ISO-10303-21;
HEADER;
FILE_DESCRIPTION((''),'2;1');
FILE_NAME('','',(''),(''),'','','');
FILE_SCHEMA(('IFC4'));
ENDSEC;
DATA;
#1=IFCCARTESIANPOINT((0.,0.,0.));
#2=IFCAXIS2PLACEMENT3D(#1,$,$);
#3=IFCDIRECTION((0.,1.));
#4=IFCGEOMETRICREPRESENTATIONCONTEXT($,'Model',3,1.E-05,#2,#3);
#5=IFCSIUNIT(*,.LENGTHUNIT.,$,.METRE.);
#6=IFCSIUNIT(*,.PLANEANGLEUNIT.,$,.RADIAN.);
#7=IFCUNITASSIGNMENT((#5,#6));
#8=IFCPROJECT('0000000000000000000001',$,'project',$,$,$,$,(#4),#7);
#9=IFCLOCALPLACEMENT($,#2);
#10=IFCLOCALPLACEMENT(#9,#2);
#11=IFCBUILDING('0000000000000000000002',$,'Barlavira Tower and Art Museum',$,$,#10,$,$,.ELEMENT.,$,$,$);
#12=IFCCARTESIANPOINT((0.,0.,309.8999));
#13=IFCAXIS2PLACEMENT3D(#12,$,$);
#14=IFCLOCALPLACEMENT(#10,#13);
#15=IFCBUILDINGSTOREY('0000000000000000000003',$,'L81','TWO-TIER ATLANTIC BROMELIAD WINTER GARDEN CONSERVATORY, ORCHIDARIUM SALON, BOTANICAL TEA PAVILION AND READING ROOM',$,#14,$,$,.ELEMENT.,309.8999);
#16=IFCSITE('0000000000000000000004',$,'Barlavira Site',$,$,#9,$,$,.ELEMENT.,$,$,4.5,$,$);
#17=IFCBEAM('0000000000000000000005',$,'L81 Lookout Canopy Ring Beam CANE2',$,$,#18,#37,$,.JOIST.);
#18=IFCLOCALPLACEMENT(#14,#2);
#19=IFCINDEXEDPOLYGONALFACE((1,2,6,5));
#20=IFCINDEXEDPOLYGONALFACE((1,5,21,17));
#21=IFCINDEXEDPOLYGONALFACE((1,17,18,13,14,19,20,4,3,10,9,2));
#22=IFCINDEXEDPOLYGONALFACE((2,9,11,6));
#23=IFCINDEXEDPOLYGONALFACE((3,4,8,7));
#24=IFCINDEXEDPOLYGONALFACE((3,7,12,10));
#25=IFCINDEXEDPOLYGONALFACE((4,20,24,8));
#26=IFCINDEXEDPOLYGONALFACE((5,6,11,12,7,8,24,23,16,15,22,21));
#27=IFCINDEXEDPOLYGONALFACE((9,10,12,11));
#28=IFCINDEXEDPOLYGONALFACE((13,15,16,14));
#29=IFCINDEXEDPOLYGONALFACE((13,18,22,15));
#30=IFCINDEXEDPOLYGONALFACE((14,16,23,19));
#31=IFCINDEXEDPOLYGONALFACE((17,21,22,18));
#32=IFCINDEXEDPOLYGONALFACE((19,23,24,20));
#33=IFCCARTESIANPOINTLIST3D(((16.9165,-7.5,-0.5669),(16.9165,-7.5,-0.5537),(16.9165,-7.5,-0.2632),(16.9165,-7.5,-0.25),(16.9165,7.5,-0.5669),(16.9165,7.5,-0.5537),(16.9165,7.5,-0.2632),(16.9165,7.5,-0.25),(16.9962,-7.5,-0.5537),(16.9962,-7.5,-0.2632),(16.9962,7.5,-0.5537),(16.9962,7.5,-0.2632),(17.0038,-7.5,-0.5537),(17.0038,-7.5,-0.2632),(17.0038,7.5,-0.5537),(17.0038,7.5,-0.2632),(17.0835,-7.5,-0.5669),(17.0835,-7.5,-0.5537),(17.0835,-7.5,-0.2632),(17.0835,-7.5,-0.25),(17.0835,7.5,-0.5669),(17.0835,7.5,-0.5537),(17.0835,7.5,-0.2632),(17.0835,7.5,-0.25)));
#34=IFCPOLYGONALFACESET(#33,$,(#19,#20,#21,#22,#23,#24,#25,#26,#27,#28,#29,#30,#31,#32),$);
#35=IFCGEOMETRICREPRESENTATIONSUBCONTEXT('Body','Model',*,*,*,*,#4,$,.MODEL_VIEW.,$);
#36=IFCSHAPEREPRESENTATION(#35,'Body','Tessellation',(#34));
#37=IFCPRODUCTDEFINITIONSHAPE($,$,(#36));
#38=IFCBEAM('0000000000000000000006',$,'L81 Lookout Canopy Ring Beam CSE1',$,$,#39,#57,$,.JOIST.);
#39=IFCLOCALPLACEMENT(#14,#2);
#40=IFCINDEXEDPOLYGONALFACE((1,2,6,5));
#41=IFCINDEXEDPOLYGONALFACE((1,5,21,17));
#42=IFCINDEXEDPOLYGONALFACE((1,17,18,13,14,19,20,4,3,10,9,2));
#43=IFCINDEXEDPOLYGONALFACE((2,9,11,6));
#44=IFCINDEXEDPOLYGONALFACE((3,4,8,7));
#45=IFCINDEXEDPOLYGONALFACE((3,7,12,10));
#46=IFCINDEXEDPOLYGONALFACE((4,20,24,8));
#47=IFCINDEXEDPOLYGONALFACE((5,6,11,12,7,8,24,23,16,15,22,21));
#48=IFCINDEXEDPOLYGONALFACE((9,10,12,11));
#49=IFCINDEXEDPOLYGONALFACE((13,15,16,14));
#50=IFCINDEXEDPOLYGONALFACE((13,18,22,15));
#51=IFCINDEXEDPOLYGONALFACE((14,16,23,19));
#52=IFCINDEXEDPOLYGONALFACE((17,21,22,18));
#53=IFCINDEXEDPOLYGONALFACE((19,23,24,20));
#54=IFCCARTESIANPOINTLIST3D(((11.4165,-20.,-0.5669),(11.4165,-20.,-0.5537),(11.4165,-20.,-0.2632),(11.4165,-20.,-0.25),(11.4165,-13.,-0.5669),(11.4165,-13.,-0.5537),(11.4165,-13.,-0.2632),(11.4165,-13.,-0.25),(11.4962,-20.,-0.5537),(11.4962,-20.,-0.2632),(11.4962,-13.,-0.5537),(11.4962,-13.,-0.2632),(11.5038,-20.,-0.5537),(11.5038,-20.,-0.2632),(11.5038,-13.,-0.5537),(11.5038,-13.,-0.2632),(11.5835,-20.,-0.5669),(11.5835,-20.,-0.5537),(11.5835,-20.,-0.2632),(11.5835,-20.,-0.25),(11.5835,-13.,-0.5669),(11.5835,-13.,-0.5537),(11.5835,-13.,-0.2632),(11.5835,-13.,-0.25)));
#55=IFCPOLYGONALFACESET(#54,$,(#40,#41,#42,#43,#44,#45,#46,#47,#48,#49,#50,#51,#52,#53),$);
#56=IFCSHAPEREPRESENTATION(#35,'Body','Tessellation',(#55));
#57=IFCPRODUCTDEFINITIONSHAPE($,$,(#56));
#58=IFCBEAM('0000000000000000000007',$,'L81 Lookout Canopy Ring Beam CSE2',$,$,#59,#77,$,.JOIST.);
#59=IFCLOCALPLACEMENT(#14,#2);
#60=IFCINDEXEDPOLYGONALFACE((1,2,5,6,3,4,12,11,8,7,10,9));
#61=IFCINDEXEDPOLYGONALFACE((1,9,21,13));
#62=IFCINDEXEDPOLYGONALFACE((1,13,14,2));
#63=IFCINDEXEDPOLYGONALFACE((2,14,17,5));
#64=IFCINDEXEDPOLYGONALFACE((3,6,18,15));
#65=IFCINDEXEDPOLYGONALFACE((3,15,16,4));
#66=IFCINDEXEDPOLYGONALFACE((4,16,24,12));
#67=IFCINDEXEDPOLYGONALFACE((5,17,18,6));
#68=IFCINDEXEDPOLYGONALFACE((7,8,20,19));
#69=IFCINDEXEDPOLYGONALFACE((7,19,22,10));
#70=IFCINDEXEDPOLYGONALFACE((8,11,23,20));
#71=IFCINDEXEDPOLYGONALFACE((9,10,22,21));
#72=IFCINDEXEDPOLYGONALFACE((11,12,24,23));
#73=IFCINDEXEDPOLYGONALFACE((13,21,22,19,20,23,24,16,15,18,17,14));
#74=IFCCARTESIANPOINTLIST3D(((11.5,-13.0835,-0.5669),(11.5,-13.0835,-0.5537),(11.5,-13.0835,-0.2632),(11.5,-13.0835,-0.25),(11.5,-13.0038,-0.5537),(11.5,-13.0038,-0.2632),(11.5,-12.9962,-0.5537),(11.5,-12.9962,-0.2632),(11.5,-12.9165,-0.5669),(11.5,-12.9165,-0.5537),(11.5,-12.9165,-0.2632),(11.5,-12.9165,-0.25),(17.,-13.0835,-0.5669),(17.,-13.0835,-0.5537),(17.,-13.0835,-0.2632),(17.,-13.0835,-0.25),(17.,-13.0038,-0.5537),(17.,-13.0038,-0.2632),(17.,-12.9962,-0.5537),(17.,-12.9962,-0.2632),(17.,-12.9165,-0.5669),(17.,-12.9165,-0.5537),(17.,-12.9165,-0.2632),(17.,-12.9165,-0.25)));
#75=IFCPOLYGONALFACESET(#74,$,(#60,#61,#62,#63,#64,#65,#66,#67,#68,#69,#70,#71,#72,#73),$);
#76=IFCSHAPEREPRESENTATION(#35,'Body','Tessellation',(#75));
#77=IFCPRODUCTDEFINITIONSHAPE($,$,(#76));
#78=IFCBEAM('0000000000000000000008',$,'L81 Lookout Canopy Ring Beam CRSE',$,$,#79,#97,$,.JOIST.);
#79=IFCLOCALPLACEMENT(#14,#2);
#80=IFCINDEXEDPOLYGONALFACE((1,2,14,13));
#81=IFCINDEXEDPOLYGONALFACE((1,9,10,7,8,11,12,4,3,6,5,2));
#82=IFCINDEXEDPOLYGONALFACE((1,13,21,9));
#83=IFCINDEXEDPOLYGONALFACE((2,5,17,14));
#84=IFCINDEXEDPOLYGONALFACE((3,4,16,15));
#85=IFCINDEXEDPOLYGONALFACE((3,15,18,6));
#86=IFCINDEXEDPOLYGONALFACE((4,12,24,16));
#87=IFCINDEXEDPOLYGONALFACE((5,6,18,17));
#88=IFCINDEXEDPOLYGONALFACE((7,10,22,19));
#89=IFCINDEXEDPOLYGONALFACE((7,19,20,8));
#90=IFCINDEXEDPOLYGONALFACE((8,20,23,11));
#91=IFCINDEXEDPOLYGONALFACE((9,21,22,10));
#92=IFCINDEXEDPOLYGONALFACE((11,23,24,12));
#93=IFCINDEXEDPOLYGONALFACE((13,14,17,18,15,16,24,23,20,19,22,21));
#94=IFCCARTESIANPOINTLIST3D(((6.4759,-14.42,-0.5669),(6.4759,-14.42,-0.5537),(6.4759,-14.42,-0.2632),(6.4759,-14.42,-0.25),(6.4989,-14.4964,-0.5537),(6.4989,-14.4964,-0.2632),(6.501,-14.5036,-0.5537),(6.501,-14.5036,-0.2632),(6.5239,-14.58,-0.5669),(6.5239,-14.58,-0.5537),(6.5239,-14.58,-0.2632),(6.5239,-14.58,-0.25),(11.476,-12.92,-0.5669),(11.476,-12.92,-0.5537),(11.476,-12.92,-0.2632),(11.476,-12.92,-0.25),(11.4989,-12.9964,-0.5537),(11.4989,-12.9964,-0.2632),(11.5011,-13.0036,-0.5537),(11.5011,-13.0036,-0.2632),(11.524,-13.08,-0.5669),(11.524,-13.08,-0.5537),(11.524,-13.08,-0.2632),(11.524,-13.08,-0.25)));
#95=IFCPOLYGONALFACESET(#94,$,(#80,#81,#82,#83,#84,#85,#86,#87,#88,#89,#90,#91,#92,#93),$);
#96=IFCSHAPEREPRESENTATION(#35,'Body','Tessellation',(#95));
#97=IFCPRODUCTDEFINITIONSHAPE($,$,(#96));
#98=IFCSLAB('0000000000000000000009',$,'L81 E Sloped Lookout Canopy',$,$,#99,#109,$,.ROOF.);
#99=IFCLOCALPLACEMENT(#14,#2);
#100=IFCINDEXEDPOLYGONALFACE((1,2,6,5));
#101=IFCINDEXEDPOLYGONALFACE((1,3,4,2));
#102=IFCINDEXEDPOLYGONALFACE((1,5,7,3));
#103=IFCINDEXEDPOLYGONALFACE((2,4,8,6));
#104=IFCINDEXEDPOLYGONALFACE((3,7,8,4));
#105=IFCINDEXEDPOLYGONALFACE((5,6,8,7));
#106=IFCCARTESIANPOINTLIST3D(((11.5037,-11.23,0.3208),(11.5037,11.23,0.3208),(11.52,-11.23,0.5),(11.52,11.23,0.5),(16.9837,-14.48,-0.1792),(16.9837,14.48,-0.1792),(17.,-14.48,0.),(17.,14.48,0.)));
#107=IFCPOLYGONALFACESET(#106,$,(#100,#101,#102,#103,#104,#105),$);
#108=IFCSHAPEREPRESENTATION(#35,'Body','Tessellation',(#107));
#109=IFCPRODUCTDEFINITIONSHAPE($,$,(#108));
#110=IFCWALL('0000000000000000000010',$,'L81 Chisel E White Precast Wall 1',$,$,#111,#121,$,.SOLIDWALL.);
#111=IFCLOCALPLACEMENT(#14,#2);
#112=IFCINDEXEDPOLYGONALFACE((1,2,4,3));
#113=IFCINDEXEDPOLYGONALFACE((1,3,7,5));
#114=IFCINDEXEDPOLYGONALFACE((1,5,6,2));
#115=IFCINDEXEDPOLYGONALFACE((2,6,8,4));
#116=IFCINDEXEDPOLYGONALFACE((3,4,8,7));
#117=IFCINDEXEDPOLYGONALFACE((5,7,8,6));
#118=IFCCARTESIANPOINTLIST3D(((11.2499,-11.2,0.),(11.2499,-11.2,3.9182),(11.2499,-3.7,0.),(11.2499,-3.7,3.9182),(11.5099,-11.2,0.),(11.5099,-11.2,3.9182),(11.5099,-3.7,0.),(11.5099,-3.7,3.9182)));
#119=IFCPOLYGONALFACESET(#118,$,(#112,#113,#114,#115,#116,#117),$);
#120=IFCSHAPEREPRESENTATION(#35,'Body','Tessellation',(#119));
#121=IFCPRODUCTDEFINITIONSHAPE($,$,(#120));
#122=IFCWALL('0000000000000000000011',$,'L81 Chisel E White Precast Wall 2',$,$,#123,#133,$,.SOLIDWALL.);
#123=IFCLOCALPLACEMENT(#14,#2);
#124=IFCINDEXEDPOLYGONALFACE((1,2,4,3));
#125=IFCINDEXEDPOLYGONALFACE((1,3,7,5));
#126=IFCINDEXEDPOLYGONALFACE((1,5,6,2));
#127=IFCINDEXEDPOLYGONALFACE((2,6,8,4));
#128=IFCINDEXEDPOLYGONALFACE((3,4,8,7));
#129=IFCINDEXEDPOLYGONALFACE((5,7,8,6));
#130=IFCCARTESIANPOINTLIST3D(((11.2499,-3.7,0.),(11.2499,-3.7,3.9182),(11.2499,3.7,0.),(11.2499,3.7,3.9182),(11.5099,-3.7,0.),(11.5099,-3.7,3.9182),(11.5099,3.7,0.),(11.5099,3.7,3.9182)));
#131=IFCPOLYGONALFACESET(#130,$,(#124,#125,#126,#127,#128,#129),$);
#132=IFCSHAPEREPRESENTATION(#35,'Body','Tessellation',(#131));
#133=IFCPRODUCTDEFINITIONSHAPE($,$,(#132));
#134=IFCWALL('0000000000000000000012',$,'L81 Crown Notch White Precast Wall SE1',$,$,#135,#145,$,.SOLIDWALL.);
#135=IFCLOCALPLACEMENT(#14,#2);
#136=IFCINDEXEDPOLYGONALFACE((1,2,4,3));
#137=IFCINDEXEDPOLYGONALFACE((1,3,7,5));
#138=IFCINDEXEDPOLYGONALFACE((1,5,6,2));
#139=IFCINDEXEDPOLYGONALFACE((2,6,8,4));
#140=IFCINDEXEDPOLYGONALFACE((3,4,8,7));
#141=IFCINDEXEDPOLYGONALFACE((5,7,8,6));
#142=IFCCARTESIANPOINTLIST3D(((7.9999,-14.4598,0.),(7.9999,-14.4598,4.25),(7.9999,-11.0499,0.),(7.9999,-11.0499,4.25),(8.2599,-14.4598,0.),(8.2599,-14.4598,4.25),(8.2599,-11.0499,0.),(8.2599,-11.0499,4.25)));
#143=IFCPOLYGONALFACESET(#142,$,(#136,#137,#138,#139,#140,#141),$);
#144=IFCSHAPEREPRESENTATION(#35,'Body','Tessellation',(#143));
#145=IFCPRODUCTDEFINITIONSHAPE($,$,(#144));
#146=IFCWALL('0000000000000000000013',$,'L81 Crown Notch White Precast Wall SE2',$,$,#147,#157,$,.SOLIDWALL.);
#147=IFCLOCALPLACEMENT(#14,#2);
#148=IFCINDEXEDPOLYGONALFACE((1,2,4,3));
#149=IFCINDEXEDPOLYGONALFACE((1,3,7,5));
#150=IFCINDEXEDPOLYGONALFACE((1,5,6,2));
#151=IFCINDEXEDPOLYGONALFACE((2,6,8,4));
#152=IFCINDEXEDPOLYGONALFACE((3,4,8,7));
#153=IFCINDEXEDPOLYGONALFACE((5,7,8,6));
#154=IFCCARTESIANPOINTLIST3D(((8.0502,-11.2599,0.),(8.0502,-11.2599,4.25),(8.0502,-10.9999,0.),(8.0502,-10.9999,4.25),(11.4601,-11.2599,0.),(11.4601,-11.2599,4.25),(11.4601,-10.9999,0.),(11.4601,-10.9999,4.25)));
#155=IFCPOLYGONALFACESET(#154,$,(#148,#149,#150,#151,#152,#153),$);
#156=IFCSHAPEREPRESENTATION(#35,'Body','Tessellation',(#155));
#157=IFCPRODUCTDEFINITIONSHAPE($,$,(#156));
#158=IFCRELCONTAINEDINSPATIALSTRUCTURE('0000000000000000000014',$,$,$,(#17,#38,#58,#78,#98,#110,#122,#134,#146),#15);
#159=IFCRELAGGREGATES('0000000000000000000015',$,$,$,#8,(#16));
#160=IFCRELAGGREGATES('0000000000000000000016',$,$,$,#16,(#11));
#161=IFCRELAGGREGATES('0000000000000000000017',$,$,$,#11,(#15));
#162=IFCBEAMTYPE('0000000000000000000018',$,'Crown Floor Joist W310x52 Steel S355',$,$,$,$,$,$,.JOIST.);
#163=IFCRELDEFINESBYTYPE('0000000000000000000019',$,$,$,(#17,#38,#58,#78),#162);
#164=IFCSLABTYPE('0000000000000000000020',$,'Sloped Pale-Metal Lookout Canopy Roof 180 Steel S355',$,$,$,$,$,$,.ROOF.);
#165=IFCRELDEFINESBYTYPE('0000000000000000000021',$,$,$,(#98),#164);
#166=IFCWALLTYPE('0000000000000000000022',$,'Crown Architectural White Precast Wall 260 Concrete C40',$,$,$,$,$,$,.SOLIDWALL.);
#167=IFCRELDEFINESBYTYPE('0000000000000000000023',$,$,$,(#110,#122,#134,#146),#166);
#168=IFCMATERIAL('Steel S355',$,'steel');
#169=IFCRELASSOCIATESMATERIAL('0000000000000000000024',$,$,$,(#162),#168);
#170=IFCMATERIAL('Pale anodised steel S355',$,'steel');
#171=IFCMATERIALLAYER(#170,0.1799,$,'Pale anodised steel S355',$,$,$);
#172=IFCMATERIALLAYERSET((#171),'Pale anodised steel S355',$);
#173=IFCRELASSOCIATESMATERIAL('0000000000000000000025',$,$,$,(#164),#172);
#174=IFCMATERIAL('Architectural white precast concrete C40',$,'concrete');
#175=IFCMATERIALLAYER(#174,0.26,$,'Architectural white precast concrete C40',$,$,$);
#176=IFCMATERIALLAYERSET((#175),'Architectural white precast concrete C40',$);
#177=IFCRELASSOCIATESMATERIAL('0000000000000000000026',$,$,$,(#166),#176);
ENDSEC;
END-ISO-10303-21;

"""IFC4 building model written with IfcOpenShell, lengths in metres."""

from ifc_helpers import new_model, si_unit, direction, frame, frame_2d, origin, origin_2d, place, context, subcontext, project, spatial, polyline, rectangle, i_section, outline, extrude, material, layer, layer_set, material_profile, profile_set, type_object, element, save


model = new_model("IFC4")

# Units and contexts
model_context = context("Model", 3, precision=1e-05, world=origin(), true_north=direction((0.0, 1.0)))
body_context = subcontext(model_context, "Body", "Model", "MODEL_VIEW")
ifc_project = project(units=[si_unit("LENGTHUNIT", "METRE"), si_unit("PLANEANGLEUNIT", "RADIAN")], contexts=[model_context])

# Site, building, storey
site_placement = place(None, origin())
site = spatial("IfcSite", under=ifc_project, at=site_placement, Name="Barlavira Site", CompositionType="ELEMENT", RefElevation=4.5)
building_placement = place(site_placement, origin())
building = spatial("IfcBuilding", under=site, at=building_placement, Name="Barlavira Tower and Art Museum", CompositionType="ELEMENT")
storey_placement = place(building_placement, frame((0.0, 0.0, 309.8999)))
storey = spatial("IfcBuildingStorey", under=building, at=storey_placement, Name="L81", Description="TWO-TIER ATLANTIC BROMELIAD WINTER GARDEN CONSERVATORY, ORCHIDARIUM SALON, BOTANICAL TEA PAVILION AND READING ROOM", CompositionType="ELEMENT", Elevation=309.8999)

# Shared definitions
ifc_material_1 = material(Name="Steel S355", Category="steel")

# Beams
ifc_material_profile_1 = material_profile(ifc_material_1, i_section(OverallWidth=0.167, OverallDepth=0.3169, WebThickness=0.0076, FlangeThickness=0.0132, at=origin_2d()), Name="W310x52.0")
ifc_profile_set_1 = profile_set([ifc_material_profile_1], Name="Steel S355")
beam_type = type_object("IfcBeamType", Name="Crown Floor Joist W310x52 Steel S355", PredefinedType="JOIST", material=ifc_profile_set_1)
beam_1_placement = place(storey_placement, frame((17.0, -7.5, -0.4084), z_axis=(0.0, 1.0, 0.0), x_axis=(-1.0, 0.0, 0.0)))
element("IfcBeam", 1, at=beam_1_placement, inside=storey, type_object=beam_type, Name="L81 Lookout Canopy Ring Beam CANE2", PredefinedType="JOIST", context=body_context, shape_type="SweptSolid", body=[
    extrude(i_section(OverallWidth=0.167, OverallDepth=0.3169, WebThickness=0.0076, FlangeThickness=0.0132, at=origin_2d()), origin(), (0.0, 0.0, 1.0), 15.0),
])
beam_2_placement = place(storey_placement, frame((11.5, -20.0, -0.4084), z_axis=(0.0, 1.0, 0.0), x_axis=(-1.0, 0.0, 0.0)))
element("IfcBeam", 2, at=beam_2_placement, inside=storey, type_object=beam_type, Name="L81 Lookout Canopy Ring Beam CSE1", PredefinedType="JOIST", context=body_context, shape_type="SweptSolid", body=[
    extrude(i_section(OverallWidth=0.167, OverallDepth=0.3169, WebThickness=0.0076, FlangeThickness=0.0132, at=origin_2d()), origin(), (0.0, 0.0, 1.0), 7.0),
])
beam_3_placement = place(storey_placement, frame((11.5, -13.0, -0.4084), z_axis=(1.0, 0.0, 0.0), x_axis=(0.0, 1.0, 0.0)))
element("IfcBeam", 3, at=beam_3_placement, inside=storey, type_object=beam_type, Name="L81 Lookout Canopy Ring Beam CSE2", PredefinedType="JOIST", context=body_context, shape_type="SweptSolid", body=[
    extrude(i_section(OverallWidth=0.167, OverallDepth=0.3169, WebThickness=0.0076, FlangeThickness=0.0132, at=origin_2d()), origin(), (0.0, 0.0, 1.0), 5.5),
])
beam_4_placement = place(storey_placement, frame((11.5, -13.0, -0.4084), z_axis=(-0.957826, -0.287348, 0.0), x_axis=(0.287348, -0.957826, 0.0)))
element("IfcBeam", 4, at=beam_4_placement, inside=storey, type_object=beam_type, Name="L81 Lookout Canopy Ring Beam CRSE", PredefinedType="JOIST", context=body_context, shape_type="SweptSolid", body=[
    extrude(i_section(OverallWidth=0.167, OverallDepth=0.3169, WebThickness=0.0076, FlangeThickness=0.0132, at=origin_2d()), origin(), (0.0, 0.0, 1.0), 5.2202),
])

# Slab
ifc_material_2 = material(Name="Pale anodised steel S355", Category="steel")
ifc_layer_1 = layer(ifc_material_2, 0.1799, Name="Pale anodised steel S355")
ifc_layer_set_1 = layer_set([ifc_layer_1], Name="Pale anodised steel S355")
slab_type = type_object("IfcSlabType", Name="Sloped Pale-Metal Lookout Canopy Roof 180 Steel S355", PredefinedType="ROOF", material=ifc_layer_set_1)
slab_placement = place(storey_placement, frame((11.52, -11.23, 0.5), z_axis=(0.090864, 0.0, 0.995863), x_axis=(0.857476, -0.508541, -0.078237)))
element("IfcSlab", 5, at=slab_placement, inside=storey, type_object=slab_type, Name="L81 E Sloped Lookout Canopy", PredefinedType="ROOF", context=body_context, shape_type="SweptSolid", body=[
    extrude(outline(polyline([(0.0, 0.0), (6.3908, 0.0), (-8.3365, 24.9356), (-11.4218, 19.3389), (0.0, 0.0)])), origin(), (0.0, 0.0, -1.0), 0.1799),
])

# Walls
ifc_material_3 = material(Name="Architectural white precast concrete C40", Category="concrete")
ifc_layer_2 = layer(ifc_material_3, 0.26, Name="Architectural white precast concrete C40")
ifc_layer_set_2 = layer_set([ifc_layer_2], Name="Architectural white precast concrete C40")
wall_type_1 = type_object("IfcWallType", Name="Crown Architectural White Precast Wall 260 Concrete C40", PredefinedType="SOLIDWALL", material=ifc_layer_set_2)
wall_1_placement = place(storey_placement, frame((11.3799, -11.2, 0.0), z_axis=(0.0, 0.0, 1.0), x_axis=(0.0, 1.0, 0.0)))
element("IfcWall", 6, at=wall_1_placement, inside=storey, type_object=wall_type_1, Name="L81 Chisel E White Precast Wall 1", PredefinedType="SOLIDWALL", context=body_context, shape_type="SweptSolid", body=[
    extrude(rectangle(XDim=7.5, YDim=0.26, at=frame_2d((3.75, 0.0))), origin(), (0.0, 0.0, 1.0), 3.9182),
])
wall_2_placement = place(storey_placement, frame((11.3799, -3.7, 0.0), z_axis=(0.0, 0.0, 1.0), x_axis=(0.0, 1.0, 0.0)))
element("IfcWall", 7, at=wall_2_placement, inside=storey, type_object=wall_type_1, Name="L81 Chisel E White Precast Wall 2", PredefinedType="SOLIDWALL", context=body_context, shape_type="SweptSolid", body=[
    extrude(rectangle(XDim=7.3999, YDim=0.26, at=frame_2d((3.7, 0.0))), origin(), (0.0, 0.0, 1.0), 3.9182),
])
for number, where, z_axis, x_axis, name in (
    (8, (8.1299, -14.46, 0.0), (0.0, 0.0, 1.0), (0.0, 1.0, 0.0), "L81 Crown Notch White Precast Wall SE1"),
    (9, (8.05, -11.1299, 0.0), (0.0, 0.0, 1.0), (1.0, 0.0, 0.0), "L81 Crown Notch White Precast Wall SE2"),
):
    element("IfcWall", number, at=place(storey_placement, frame(where, z_axis=z_axis, x_axis=x_axis)), inside=storey, type_object=wall_type_1, Name=name, PredefinedType="SOLIDWALL", context=body_context, shape_type="SweptSolid", body=[
        extrude(rectangle(XDim=3.4099, YDim=0.26, at=frame_2d((1.7051, 0.0))), origin(), (0.0, 0.0, 1.0), 4.25),
    ])

save(model, "model.ifc")
